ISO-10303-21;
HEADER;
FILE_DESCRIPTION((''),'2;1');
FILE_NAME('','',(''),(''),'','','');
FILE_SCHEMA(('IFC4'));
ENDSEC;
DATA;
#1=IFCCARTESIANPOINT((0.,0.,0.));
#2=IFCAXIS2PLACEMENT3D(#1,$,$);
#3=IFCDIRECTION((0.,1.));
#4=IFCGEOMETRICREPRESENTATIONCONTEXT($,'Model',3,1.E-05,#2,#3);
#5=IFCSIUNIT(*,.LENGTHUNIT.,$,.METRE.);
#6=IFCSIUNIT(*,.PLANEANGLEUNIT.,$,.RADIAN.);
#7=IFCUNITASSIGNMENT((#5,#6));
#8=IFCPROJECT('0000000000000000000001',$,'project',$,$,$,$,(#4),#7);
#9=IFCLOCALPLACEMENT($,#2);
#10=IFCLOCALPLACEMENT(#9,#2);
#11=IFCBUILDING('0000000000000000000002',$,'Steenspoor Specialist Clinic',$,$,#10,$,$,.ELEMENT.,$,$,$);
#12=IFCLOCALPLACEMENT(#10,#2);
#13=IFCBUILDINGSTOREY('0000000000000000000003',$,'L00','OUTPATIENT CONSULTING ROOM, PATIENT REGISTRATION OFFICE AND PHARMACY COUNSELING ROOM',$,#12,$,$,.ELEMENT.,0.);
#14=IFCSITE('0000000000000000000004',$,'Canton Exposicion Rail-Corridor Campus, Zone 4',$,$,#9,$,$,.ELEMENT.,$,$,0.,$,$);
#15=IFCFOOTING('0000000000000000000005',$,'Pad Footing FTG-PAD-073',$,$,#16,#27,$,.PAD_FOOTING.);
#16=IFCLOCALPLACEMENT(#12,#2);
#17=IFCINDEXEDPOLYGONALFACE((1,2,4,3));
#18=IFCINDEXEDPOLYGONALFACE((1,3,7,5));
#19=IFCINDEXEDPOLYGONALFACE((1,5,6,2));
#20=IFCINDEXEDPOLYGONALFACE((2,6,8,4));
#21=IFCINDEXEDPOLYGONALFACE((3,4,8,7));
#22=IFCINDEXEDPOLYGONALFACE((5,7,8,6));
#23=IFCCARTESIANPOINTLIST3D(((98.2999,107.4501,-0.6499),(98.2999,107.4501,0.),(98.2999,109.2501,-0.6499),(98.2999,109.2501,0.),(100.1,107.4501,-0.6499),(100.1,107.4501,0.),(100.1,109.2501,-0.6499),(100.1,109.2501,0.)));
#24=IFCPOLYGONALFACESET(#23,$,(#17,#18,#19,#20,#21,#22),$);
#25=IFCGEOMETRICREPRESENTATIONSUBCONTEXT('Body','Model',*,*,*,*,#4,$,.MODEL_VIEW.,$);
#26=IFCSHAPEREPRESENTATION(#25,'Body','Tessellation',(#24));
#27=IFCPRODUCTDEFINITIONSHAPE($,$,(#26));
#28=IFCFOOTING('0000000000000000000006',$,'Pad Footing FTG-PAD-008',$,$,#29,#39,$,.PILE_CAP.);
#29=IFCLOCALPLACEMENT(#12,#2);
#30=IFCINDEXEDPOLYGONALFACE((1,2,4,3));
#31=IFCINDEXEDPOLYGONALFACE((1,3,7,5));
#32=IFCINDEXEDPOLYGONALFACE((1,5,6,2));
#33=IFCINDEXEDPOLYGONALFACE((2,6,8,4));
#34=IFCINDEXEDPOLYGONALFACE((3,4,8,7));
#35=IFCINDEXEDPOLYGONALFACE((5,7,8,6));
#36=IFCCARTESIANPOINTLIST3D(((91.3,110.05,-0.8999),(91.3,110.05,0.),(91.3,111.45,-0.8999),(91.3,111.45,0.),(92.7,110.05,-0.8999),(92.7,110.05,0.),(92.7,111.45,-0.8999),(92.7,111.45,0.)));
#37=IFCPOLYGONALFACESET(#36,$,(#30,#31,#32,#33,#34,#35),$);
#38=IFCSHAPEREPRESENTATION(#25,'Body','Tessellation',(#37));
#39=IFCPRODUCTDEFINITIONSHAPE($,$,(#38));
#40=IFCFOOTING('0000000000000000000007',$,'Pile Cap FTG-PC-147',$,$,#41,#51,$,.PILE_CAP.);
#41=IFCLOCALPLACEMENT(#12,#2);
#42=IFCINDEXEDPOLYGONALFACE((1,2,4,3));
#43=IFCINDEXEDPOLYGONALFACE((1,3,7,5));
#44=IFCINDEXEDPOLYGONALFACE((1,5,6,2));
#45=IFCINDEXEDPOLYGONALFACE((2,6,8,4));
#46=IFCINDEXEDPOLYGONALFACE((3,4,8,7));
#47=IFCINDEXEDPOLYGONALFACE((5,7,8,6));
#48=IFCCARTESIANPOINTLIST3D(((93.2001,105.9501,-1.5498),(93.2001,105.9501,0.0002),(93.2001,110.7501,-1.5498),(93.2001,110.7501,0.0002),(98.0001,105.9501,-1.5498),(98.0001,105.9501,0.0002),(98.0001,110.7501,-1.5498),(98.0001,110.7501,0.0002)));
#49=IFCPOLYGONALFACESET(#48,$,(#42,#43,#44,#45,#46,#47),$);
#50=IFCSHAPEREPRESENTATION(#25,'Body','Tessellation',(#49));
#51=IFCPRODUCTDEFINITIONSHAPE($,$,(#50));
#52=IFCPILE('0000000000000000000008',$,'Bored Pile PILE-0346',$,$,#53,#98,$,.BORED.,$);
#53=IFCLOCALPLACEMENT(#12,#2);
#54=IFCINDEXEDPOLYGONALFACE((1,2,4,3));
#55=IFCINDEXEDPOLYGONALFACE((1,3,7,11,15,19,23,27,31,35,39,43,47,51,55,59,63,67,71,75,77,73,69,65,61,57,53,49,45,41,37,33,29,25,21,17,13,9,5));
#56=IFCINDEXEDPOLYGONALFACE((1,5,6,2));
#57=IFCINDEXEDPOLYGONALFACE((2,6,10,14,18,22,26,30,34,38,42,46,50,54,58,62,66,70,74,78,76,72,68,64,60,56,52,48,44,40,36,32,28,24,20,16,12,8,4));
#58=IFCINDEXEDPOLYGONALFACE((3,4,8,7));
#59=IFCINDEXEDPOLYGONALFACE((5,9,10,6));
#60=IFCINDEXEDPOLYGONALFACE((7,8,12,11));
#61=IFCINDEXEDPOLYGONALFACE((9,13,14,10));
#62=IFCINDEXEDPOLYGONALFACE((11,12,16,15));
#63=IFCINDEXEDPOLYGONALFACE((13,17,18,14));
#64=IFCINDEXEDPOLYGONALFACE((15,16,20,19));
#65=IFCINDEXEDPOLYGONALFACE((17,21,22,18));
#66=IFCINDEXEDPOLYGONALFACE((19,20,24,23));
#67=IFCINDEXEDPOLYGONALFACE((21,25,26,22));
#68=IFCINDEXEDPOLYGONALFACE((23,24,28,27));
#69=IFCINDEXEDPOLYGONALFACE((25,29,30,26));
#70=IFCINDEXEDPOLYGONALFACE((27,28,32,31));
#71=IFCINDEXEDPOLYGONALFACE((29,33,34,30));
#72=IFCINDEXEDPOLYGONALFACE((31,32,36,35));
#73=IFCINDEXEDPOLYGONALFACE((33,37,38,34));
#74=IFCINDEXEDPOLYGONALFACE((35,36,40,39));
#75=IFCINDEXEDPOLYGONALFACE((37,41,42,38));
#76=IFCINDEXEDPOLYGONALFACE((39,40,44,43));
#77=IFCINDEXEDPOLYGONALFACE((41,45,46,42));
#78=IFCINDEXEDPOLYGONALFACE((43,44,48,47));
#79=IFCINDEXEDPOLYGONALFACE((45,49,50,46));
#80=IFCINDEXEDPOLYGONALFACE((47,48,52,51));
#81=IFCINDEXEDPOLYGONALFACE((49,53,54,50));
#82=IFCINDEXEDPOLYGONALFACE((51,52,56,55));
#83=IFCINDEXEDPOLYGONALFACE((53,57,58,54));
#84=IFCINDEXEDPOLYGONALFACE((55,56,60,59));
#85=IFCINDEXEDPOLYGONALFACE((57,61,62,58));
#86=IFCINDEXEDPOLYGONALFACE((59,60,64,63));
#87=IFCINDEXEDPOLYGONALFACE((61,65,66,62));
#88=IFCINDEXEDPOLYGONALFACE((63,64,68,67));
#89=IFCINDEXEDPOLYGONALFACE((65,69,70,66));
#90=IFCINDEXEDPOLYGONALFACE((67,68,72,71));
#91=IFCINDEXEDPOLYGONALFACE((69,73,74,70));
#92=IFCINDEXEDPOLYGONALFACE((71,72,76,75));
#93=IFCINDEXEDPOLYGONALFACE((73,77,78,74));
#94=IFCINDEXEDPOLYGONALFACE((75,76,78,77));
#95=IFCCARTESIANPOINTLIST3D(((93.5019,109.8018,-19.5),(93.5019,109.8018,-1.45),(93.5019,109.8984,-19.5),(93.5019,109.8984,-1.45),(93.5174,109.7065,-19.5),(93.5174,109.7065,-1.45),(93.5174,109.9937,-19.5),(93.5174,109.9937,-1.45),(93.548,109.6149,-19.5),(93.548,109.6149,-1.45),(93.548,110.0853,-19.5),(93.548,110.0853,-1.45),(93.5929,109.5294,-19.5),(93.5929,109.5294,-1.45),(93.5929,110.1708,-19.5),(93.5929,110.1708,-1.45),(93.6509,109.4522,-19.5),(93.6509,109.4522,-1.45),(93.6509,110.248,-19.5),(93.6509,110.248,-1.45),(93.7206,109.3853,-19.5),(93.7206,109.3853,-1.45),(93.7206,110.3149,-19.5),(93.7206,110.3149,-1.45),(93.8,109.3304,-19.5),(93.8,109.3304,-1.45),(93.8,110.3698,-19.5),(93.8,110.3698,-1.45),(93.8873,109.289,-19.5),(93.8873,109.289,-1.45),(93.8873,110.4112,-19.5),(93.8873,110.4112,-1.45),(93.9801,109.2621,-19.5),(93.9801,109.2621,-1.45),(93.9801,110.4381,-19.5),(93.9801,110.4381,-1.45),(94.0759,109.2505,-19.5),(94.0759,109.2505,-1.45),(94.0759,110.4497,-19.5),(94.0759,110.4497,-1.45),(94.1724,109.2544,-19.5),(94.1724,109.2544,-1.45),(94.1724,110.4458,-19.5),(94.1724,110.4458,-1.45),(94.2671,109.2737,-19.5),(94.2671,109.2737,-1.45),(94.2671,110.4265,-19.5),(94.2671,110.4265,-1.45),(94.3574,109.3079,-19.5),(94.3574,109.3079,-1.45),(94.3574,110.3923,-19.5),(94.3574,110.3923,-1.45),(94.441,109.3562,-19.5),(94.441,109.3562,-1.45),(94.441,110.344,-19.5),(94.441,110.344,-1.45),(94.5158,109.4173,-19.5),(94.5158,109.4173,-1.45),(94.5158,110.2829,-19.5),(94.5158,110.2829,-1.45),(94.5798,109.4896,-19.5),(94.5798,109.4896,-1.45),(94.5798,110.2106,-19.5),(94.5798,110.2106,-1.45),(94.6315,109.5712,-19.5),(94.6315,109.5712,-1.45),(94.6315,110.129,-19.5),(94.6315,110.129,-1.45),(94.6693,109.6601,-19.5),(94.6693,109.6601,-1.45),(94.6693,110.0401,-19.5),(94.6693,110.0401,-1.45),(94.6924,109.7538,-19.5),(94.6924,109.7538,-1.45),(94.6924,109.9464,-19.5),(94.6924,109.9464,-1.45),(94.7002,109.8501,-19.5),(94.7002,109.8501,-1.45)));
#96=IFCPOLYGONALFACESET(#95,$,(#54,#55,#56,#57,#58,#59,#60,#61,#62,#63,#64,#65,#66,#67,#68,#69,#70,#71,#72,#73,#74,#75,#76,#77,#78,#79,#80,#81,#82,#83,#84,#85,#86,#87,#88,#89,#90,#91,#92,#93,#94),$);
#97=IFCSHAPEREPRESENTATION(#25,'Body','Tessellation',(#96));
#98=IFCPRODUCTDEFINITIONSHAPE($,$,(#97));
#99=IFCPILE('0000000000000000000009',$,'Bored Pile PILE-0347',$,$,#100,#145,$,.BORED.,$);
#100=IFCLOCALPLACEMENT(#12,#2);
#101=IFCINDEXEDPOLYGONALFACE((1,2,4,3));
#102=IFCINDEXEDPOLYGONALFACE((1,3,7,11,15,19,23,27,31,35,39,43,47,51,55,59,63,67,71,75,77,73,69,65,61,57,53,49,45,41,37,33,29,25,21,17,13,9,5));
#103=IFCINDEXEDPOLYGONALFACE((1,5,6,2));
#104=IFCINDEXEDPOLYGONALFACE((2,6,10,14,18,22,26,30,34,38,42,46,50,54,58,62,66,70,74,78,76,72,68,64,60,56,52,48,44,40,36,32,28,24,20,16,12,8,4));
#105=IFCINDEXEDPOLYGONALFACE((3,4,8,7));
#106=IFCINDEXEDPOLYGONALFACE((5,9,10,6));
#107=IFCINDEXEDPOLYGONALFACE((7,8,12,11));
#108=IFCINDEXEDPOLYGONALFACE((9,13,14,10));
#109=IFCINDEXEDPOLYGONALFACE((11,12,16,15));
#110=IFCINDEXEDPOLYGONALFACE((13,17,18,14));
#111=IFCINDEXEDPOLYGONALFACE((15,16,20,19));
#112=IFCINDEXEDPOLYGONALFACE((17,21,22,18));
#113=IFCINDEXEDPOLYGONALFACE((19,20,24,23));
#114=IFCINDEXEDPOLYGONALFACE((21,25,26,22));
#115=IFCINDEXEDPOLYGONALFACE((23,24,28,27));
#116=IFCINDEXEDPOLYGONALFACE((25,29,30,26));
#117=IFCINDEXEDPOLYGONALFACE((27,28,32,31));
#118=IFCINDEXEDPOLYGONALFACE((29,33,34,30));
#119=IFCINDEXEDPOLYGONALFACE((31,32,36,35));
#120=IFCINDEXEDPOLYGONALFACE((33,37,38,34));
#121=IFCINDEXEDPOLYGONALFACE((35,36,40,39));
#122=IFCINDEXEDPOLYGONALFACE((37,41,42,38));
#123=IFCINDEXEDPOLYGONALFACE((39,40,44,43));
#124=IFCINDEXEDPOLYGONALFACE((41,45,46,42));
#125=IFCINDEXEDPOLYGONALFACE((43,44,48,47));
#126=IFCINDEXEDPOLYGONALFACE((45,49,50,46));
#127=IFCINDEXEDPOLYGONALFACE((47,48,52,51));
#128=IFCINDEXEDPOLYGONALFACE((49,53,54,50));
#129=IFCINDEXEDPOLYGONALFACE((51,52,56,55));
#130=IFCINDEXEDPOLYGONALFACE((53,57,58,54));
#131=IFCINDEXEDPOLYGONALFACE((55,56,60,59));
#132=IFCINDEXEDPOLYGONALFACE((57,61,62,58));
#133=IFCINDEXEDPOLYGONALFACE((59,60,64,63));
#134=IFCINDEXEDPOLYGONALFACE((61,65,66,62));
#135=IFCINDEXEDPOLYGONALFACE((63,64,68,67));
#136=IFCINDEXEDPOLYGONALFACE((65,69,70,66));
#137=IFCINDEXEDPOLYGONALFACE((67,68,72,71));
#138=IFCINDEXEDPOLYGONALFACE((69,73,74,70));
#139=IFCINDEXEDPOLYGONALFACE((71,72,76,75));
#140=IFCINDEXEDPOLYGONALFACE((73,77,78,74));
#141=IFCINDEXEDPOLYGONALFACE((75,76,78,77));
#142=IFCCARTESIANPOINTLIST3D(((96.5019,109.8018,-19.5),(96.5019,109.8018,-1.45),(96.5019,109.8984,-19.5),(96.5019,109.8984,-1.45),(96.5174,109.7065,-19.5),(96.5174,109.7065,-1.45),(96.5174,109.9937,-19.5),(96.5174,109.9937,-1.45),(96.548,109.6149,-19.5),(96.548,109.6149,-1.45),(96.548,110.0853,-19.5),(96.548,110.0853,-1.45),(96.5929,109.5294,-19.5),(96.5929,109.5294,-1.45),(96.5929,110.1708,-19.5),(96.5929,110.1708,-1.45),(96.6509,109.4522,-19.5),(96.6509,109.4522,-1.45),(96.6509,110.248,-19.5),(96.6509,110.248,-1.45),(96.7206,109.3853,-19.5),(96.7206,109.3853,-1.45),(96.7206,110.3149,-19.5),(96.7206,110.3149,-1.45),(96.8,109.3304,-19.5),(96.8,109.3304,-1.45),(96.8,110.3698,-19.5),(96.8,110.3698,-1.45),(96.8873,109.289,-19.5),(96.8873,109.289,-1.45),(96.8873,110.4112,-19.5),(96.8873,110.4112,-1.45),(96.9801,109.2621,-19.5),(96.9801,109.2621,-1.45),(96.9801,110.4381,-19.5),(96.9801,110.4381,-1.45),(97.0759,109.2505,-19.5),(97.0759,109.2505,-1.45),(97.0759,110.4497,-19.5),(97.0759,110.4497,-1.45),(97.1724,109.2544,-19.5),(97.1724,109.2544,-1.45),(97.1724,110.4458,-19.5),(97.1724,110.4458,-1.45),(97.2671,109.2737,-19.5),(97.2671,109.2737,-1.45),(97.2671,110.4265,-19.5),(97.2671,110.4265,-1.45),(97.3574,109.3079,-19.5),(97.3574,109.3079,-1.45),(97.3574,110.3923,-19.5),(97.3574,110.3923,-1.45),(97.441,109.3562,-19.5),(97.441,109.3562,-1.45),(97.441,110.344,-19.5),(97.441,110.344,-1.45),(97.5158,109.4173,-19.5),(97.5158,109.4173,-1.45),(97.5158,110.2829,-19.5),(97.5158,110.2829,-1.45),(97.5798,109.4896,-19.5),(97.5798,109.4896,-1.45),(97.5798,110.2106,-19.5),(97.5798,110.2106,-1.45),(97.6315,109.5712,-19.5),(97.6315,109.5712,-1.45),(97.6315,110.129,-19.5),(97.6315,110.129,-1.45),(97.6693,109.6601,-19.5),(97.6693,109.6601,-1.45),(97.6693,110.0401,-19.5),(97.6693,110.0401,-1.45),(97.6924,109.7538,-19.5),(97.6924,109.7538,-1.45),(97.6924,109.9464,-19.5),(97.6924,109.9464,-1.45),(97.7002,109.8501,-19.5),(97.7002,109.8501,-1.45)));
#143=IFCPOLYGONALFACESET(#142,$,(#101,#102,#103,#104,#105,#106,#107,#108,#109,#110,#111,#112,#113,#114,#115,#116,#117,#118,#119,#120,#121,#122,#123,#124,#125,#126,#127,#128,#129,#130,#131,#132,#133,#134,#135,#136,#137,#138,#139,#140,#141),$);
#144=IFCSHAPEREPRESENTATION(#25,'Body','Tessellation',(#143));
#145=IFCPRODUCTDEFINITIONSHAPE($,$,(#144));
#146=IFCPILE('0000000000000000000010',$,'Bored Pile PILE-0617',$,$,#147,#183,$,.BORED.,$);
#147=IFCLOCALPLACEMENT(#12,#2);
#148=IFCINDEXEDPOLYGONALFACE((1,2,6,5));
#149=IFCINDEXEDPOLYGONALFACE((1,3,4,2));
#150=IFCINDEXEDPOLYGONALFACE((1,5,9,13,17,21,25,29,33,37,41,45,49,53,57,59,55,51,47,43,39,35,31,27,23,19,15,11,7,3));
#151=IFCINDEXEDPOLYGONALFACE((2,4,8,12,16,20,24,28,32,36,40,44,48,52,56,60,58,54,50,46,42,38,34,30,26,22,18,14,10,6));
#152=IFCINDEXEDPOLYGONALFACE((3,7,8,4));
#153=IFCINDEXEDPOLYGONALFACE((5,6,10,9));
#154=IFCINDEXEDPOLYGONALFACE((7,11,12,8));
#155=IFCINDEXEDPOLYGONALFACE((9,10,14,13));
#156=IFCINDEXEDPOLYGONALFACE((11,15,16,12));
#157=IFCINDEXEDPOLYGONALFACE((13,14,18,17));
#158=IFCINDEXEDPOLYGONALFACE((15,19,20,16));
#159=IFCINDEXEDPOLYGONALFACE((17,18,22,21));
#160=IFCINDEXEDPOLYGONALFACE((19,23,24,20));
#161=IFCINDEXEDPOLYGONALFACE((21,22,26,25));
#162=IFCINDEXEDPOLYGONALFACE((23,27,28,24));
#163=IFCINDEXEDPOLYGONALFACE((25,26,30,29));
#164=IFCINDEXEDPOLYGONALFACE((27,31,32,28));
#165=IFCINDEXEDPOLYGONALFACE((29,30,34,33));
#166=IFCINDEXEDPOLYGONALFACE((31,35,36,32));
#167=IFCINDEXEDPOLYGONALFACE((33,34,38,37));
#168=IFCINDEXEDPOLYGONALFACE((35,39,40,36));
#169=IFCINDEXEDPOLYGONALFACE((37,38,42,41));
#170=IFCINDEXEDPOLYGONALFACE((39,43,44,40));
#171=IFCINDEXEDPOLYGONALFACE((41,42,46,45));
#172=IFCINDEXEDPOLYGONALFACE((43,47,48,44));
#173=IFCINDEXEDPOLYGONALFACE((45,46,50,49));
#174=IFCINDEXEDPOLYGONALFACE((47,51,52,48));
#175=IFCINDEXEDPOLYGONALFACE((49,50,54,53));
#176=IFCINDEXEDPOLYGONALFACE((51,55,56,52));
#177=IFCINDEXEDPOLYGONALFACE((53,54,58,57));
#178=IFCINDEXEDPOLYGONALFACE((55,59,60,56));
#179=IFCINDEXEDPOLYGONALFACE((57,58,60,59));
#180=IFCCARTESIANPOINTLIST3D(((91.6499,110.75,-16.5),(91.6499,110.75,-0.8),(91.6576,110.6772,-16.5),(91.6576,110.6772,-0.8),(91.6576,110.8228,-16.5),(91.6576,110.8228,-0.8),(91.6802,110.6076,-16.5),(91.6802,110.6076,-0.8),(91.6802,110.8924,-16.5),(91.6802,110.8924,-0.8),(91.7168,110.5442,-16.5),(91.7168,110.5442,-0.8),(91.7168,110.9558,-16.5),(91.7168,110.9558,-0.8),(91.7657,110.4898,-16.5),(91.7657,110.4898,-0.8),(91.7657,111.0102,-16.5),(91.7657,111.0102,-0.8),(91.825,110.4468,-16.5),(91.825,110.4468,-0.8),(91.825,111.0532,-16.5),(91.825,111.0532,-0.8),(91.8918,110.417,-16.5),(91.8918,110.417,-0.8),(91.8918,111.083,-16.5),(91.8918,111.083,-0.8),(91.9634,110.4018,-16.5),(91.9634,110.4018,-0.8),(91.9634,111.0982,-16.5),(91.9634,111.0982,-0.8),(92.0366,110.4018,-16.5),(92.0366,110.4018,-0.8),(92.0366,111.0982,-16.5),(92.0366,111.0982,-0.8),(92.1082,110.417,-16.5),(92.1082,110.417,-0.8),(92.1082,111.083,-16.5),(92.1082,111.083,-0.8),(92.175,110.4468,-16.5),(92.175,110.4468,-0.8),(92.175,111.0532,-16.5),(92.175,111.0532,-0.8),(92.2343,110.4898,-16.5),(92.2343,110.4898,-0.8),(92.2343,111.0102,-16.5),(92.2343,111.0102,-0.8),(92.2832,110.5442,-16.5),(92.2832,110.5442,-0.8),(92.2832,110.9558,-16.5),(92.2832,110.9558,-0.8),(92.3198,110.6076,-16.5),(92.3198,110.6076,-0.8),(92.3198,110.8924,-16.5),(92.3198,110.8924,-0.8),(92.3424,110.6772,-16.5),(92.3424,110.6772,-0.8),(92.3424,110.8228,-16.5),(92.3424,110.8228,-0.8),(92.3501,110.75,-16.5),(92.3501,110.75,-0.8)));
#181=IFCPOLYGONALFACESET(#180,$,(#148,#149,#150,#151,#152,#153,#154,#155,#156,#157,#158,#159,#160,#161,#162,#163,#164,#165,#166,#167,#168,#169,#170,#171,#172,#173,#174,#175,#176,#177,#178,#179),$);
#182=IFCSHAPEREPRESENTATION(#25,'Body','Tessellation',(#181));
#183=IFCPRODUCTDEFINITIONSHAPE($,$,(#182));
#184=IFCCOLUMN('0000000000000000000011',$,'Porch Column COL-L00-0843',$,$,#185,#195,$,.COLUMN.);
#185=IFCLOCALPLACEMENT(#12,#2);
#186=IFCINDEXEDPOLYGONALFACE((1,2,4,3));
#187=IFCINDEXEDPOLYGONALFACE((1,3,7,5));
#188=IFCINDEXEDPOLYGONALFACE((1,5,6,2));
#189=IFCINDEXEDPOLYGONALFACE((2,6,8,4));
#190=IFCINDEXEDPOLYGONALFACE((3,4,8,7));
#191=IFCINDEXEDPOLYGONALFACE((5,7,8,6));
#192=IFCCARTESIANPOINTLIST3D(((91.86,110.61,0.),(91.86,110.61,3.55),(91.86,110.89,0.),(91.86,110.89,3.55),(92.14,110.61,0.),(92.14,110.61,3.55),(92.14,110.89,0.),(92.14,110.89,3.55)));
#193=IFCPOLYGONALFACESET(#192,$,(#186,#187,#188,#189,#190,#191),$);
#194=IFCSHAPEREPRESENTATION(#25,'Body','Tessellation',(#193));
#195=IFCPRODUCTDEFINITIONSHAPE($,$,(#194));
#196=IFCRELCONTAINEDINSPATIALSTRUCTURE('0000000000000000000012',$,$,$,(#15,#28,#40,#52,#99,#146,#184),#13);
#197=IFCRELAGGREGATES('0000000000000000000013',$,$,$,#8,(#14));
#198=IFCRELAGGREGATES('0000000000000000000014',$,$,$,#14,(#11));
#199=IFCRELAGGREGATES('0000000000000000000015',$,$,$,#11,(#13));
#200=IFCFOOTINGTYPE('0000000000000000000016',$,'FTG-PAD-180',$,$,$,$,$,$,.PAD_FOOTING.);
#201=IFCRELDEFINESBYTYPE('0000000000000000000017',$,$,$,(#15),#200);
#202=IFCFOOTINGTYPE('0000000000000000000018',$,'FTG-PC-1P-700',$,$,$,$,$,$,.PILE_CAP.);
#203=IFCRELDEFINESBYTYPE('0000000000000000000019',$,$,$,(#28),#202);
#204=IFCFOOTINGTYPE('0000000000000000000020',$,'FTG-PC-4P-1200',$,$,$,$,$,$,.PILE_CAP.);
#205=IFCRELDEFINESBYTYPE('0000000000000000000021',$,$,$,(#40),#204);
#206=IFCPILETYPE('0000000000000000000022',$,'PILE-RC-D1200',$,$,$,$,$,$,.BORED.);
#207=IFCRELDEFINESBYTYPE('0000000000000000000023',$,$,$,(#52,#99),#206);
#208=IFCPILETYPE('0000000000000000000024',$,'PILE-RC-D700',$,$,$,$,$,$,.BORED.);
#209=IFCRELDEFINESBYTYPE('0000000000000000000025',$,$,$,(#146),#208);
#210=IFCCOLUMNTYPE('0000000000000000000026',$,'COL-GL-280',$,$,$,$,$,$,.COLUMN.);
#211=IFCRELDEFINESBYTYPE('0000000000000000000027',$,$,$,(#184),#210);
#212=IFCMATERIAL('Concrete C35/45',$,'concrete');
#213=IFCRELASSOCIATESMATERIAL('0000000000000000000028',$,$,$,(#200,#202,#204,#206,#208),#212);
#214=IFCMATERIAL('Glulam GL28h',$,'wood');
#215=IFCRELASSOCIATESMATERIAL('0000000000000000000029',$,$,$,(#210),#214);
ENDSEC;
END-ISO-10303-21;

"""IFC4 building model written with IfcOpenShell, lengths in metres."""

from ifc_helpers import new_model, si_unit, direction, frame, origin, origin_2d, place, context, subcontext, project, spatial, rectangle, circle, extrude, material, material_profile, profile_set, type_object, element, save


model = new_model("IFC4")

# Units and contexts
model_context = context("Model", 3, precision=1e-05, world=origin(), true_north=direction((0.0, 1.0)))
body_context = subcontext(model_context, "Body", "Model", "MODEL_VIEW")
ifc_project = project(units=[si_unit("LENGTHUNIT", "METRE"), si_unit("PLANEANGLEUNIT", "RADIAN")], contexts=[model_context])

# Site, building, storey
site_placement = place(None, origin())
site = spatial("IfcSite", under=ifc_project, at=site_placement, Name="Canton Exposicion Rail-Corridor Campus, Zone 4", CompositionType="ELEMENT", RefElevation=0.0)
building_placement = place(site_placement, origin())
building = spatial("IfcBuilding", under=site, at=building_placement, Name="Steenspoor Specialist Clinic", CompositionType="ELEMENT")
storey_placement = place(building_placement, origin())
storey = spatial("IfcBuildingStorey", under=building, at=storey_placement, Name="L00", Description="OUTPATIENT CONSULTING ROOM, PATIENT REGISTRATION OFFICE AND PHARMACY COUNSELING ROOM", CompositionType="ELEMENT", Elevation=0.0)

# Footings
ifc_material_1 = material(Name="Concrete C35/45", Category="concrete")
footing_type_1 = type_object("IfcFootingType", Name="FTG-PAD-180", PredefinedType="PAD_FOOTING", material=ifc_material_1)
footing_1_placement = place(storey_placement, frame((99.2, 108.3501, -0.6499), z_axis=(0.0, 0.0, 1.0), x_axis=(1.0, 0.0, 0.0)))
element("IfcFooting", 1, at=footing_1_placement, inside=storey, type_object=footing_type_1, Name="Pad Footing FTG-PAD-073", PredefinedType="PAD_FOOTING", context=body_context, shape_type="SweptSolid", body=[
    extrude(rectangle(XDim=1.8, YDim=1.8, at=origin_2d()), origin(), (0.0, 0.0, 1.0), 0.6499),
])
footing_type_2 = type_object("IfcFootingType", Name="FTG-PC-1P-700", PredefinedType="PILE_CAP", material=ifc_material_1)
footing_2_placement = place(storey_placement, frame((92.0, 110.75, -0.8999), z_axis=(0.0, 0.0, 1.0), x_axis=(1.0, 0.0, 0.0)))
element("IfcFooting", 2, at=footing_2_placement, inside=storey, type_object=footing_type_2, Name="Pad Footing FTG-PAD-008", PredefinedType="PILE_CAP", context=body_context, shape_type="SweptSolid", body=[
    extrude(rectangle(XDim=1.3999, YDim=1.3999, at=origin_2d()), origin(), (0.0, 0.0, 1.0), 0.8999),
])
footing_type_3 = type_object("IfcFootingType", Name="FTG-PC-4P-1200", PredefinedType="PILE_CAP", material=ifc_material_1)
footing_3_placement = place(storey_placement, frame((95.6001, 108.3501, -1.5498), z_axis=(0.0, 0.0, 1.0), x_axis=(1.0, 0.0, 0.0)))
element("IfcFooting", 3, at=footing_3_placement, inside=storey, type_object=footing_type_3, Name="Pile Cap FTG-PC-147", PredefinedType="PILE_CAP", context=body_context, shape_type="SweptSolid", body=[
    extrude(rectangle(XDim=4.8, YDim=4.8, at=origin_2d()), origin(), (0.0, 0.0, 1.0), 1.55),
])

# Piles
ifc_material_profile_1 = material_profile(ifc_material_1, circle(Radius=0.6001, at=origin_2d()), Name="PILE-D1200")
ifc_profile_set_1 = profile_set([ifc_material_profile_1], Name="Concrete C35/45")
pile_type_1 = type_object("IfcPileType", Name="PILE-RC-D1200", PredefinedType="BORED", material=ifc_profile_set_1)
for number, where, z_axis, x_axis, name in (
    (4, (94.1001, 109.8501, -1.45), (0.0, 0.0, -1.0), (1.0, 0.0, 0.0), "Bored Pile PILE-0346"),
    (5, (97.1001, 109.8501, -1.45), (0.0, 0.0, -1.0), (1.0, 0.0, 0.0), "Bored Pile PILE-0347"),
):
    element("IfcPile", number, at=place(storey_placement, frame(where, z_axis=z_axis, x_axis=x_axis)), inside=storey, type_object=pile_type_1, Name=name, PredefinedType="BORED", context=body_context, shape_type="SweptSolid", body=[
        extrude(circle(Radius=0.6001, at=origin_2d()), origin(), (0.0, 0.0, 1.0), 18.05),
    ])
ifc_material_profile_2 = material_profile(ifc_material_1, circle(Radius=0.3501, at=origin_2d()), Name="PILE-D700")
ifc_profile_set_2 = profile_set([ifc_material_profile_2], Name="Concrete C35/45")
pile_type_2 = type_object("IfcPileType", Name="PILE-RC-D700", PredefinedType="BORED", material=ifc_profile_set_2)
pile_placement = place(storey_placement, frame((92.0, 110.75, -0.8), z_axis=(0.0, 0.0, -1.0), x_axis=(1.0, 0.0, 0.0)))
element("IfcPile", 6, at=pile_placement, inside=storey, type_object=pile_type_2, Name="Bored Pile PILE-0617", PredefinedType="BORED", context=body_context, shape_type="SweptSolid", body=[
    extrude(circle(Radius=0.3501, at=origin_2d()), origin(), (0.0, 0.0, 1.0), 15.7),
])

# Column
ifc_material_2 = material(Name="Glulam GL28h", Category="wood")
ifc_material_profile_3 = material_profile(ifc_material_2, rectangle(XDim=0.28, YDim=0.28, at=origin_2d()), Name="GL28H-280X280")
ifc_profile_set_3 = profile_set([ifc_material_profile_3], Name="Glulam GL28h")
column_type_1 = type_object("IfcColumnType", Name="COL-GL-280", PredefinedType="COLUMN", material=ifc_profile_set_3)
column_1_placement = place(storey_placement, frame((92.0, 110.75, 0.0), z_axis=(0.0, 0.0, 1.0), x_axis=(1.0, 0.0, 0.0)))
element("IfcColumn", 7, at=column_1_placement, inside=storey, type_object=column_type_1, Name="Porch Column COL-L00-0843", PredefinedType="COLUMN", context=body_context, shape_type="SweptSolid", body=[
    extrude(rectangle(XDim=0.28, YDim=0.28, at=origin_2d()), origin(), (0.0, 0.0, 1.0), 3.55),
])

save(model, "model.ifc")
